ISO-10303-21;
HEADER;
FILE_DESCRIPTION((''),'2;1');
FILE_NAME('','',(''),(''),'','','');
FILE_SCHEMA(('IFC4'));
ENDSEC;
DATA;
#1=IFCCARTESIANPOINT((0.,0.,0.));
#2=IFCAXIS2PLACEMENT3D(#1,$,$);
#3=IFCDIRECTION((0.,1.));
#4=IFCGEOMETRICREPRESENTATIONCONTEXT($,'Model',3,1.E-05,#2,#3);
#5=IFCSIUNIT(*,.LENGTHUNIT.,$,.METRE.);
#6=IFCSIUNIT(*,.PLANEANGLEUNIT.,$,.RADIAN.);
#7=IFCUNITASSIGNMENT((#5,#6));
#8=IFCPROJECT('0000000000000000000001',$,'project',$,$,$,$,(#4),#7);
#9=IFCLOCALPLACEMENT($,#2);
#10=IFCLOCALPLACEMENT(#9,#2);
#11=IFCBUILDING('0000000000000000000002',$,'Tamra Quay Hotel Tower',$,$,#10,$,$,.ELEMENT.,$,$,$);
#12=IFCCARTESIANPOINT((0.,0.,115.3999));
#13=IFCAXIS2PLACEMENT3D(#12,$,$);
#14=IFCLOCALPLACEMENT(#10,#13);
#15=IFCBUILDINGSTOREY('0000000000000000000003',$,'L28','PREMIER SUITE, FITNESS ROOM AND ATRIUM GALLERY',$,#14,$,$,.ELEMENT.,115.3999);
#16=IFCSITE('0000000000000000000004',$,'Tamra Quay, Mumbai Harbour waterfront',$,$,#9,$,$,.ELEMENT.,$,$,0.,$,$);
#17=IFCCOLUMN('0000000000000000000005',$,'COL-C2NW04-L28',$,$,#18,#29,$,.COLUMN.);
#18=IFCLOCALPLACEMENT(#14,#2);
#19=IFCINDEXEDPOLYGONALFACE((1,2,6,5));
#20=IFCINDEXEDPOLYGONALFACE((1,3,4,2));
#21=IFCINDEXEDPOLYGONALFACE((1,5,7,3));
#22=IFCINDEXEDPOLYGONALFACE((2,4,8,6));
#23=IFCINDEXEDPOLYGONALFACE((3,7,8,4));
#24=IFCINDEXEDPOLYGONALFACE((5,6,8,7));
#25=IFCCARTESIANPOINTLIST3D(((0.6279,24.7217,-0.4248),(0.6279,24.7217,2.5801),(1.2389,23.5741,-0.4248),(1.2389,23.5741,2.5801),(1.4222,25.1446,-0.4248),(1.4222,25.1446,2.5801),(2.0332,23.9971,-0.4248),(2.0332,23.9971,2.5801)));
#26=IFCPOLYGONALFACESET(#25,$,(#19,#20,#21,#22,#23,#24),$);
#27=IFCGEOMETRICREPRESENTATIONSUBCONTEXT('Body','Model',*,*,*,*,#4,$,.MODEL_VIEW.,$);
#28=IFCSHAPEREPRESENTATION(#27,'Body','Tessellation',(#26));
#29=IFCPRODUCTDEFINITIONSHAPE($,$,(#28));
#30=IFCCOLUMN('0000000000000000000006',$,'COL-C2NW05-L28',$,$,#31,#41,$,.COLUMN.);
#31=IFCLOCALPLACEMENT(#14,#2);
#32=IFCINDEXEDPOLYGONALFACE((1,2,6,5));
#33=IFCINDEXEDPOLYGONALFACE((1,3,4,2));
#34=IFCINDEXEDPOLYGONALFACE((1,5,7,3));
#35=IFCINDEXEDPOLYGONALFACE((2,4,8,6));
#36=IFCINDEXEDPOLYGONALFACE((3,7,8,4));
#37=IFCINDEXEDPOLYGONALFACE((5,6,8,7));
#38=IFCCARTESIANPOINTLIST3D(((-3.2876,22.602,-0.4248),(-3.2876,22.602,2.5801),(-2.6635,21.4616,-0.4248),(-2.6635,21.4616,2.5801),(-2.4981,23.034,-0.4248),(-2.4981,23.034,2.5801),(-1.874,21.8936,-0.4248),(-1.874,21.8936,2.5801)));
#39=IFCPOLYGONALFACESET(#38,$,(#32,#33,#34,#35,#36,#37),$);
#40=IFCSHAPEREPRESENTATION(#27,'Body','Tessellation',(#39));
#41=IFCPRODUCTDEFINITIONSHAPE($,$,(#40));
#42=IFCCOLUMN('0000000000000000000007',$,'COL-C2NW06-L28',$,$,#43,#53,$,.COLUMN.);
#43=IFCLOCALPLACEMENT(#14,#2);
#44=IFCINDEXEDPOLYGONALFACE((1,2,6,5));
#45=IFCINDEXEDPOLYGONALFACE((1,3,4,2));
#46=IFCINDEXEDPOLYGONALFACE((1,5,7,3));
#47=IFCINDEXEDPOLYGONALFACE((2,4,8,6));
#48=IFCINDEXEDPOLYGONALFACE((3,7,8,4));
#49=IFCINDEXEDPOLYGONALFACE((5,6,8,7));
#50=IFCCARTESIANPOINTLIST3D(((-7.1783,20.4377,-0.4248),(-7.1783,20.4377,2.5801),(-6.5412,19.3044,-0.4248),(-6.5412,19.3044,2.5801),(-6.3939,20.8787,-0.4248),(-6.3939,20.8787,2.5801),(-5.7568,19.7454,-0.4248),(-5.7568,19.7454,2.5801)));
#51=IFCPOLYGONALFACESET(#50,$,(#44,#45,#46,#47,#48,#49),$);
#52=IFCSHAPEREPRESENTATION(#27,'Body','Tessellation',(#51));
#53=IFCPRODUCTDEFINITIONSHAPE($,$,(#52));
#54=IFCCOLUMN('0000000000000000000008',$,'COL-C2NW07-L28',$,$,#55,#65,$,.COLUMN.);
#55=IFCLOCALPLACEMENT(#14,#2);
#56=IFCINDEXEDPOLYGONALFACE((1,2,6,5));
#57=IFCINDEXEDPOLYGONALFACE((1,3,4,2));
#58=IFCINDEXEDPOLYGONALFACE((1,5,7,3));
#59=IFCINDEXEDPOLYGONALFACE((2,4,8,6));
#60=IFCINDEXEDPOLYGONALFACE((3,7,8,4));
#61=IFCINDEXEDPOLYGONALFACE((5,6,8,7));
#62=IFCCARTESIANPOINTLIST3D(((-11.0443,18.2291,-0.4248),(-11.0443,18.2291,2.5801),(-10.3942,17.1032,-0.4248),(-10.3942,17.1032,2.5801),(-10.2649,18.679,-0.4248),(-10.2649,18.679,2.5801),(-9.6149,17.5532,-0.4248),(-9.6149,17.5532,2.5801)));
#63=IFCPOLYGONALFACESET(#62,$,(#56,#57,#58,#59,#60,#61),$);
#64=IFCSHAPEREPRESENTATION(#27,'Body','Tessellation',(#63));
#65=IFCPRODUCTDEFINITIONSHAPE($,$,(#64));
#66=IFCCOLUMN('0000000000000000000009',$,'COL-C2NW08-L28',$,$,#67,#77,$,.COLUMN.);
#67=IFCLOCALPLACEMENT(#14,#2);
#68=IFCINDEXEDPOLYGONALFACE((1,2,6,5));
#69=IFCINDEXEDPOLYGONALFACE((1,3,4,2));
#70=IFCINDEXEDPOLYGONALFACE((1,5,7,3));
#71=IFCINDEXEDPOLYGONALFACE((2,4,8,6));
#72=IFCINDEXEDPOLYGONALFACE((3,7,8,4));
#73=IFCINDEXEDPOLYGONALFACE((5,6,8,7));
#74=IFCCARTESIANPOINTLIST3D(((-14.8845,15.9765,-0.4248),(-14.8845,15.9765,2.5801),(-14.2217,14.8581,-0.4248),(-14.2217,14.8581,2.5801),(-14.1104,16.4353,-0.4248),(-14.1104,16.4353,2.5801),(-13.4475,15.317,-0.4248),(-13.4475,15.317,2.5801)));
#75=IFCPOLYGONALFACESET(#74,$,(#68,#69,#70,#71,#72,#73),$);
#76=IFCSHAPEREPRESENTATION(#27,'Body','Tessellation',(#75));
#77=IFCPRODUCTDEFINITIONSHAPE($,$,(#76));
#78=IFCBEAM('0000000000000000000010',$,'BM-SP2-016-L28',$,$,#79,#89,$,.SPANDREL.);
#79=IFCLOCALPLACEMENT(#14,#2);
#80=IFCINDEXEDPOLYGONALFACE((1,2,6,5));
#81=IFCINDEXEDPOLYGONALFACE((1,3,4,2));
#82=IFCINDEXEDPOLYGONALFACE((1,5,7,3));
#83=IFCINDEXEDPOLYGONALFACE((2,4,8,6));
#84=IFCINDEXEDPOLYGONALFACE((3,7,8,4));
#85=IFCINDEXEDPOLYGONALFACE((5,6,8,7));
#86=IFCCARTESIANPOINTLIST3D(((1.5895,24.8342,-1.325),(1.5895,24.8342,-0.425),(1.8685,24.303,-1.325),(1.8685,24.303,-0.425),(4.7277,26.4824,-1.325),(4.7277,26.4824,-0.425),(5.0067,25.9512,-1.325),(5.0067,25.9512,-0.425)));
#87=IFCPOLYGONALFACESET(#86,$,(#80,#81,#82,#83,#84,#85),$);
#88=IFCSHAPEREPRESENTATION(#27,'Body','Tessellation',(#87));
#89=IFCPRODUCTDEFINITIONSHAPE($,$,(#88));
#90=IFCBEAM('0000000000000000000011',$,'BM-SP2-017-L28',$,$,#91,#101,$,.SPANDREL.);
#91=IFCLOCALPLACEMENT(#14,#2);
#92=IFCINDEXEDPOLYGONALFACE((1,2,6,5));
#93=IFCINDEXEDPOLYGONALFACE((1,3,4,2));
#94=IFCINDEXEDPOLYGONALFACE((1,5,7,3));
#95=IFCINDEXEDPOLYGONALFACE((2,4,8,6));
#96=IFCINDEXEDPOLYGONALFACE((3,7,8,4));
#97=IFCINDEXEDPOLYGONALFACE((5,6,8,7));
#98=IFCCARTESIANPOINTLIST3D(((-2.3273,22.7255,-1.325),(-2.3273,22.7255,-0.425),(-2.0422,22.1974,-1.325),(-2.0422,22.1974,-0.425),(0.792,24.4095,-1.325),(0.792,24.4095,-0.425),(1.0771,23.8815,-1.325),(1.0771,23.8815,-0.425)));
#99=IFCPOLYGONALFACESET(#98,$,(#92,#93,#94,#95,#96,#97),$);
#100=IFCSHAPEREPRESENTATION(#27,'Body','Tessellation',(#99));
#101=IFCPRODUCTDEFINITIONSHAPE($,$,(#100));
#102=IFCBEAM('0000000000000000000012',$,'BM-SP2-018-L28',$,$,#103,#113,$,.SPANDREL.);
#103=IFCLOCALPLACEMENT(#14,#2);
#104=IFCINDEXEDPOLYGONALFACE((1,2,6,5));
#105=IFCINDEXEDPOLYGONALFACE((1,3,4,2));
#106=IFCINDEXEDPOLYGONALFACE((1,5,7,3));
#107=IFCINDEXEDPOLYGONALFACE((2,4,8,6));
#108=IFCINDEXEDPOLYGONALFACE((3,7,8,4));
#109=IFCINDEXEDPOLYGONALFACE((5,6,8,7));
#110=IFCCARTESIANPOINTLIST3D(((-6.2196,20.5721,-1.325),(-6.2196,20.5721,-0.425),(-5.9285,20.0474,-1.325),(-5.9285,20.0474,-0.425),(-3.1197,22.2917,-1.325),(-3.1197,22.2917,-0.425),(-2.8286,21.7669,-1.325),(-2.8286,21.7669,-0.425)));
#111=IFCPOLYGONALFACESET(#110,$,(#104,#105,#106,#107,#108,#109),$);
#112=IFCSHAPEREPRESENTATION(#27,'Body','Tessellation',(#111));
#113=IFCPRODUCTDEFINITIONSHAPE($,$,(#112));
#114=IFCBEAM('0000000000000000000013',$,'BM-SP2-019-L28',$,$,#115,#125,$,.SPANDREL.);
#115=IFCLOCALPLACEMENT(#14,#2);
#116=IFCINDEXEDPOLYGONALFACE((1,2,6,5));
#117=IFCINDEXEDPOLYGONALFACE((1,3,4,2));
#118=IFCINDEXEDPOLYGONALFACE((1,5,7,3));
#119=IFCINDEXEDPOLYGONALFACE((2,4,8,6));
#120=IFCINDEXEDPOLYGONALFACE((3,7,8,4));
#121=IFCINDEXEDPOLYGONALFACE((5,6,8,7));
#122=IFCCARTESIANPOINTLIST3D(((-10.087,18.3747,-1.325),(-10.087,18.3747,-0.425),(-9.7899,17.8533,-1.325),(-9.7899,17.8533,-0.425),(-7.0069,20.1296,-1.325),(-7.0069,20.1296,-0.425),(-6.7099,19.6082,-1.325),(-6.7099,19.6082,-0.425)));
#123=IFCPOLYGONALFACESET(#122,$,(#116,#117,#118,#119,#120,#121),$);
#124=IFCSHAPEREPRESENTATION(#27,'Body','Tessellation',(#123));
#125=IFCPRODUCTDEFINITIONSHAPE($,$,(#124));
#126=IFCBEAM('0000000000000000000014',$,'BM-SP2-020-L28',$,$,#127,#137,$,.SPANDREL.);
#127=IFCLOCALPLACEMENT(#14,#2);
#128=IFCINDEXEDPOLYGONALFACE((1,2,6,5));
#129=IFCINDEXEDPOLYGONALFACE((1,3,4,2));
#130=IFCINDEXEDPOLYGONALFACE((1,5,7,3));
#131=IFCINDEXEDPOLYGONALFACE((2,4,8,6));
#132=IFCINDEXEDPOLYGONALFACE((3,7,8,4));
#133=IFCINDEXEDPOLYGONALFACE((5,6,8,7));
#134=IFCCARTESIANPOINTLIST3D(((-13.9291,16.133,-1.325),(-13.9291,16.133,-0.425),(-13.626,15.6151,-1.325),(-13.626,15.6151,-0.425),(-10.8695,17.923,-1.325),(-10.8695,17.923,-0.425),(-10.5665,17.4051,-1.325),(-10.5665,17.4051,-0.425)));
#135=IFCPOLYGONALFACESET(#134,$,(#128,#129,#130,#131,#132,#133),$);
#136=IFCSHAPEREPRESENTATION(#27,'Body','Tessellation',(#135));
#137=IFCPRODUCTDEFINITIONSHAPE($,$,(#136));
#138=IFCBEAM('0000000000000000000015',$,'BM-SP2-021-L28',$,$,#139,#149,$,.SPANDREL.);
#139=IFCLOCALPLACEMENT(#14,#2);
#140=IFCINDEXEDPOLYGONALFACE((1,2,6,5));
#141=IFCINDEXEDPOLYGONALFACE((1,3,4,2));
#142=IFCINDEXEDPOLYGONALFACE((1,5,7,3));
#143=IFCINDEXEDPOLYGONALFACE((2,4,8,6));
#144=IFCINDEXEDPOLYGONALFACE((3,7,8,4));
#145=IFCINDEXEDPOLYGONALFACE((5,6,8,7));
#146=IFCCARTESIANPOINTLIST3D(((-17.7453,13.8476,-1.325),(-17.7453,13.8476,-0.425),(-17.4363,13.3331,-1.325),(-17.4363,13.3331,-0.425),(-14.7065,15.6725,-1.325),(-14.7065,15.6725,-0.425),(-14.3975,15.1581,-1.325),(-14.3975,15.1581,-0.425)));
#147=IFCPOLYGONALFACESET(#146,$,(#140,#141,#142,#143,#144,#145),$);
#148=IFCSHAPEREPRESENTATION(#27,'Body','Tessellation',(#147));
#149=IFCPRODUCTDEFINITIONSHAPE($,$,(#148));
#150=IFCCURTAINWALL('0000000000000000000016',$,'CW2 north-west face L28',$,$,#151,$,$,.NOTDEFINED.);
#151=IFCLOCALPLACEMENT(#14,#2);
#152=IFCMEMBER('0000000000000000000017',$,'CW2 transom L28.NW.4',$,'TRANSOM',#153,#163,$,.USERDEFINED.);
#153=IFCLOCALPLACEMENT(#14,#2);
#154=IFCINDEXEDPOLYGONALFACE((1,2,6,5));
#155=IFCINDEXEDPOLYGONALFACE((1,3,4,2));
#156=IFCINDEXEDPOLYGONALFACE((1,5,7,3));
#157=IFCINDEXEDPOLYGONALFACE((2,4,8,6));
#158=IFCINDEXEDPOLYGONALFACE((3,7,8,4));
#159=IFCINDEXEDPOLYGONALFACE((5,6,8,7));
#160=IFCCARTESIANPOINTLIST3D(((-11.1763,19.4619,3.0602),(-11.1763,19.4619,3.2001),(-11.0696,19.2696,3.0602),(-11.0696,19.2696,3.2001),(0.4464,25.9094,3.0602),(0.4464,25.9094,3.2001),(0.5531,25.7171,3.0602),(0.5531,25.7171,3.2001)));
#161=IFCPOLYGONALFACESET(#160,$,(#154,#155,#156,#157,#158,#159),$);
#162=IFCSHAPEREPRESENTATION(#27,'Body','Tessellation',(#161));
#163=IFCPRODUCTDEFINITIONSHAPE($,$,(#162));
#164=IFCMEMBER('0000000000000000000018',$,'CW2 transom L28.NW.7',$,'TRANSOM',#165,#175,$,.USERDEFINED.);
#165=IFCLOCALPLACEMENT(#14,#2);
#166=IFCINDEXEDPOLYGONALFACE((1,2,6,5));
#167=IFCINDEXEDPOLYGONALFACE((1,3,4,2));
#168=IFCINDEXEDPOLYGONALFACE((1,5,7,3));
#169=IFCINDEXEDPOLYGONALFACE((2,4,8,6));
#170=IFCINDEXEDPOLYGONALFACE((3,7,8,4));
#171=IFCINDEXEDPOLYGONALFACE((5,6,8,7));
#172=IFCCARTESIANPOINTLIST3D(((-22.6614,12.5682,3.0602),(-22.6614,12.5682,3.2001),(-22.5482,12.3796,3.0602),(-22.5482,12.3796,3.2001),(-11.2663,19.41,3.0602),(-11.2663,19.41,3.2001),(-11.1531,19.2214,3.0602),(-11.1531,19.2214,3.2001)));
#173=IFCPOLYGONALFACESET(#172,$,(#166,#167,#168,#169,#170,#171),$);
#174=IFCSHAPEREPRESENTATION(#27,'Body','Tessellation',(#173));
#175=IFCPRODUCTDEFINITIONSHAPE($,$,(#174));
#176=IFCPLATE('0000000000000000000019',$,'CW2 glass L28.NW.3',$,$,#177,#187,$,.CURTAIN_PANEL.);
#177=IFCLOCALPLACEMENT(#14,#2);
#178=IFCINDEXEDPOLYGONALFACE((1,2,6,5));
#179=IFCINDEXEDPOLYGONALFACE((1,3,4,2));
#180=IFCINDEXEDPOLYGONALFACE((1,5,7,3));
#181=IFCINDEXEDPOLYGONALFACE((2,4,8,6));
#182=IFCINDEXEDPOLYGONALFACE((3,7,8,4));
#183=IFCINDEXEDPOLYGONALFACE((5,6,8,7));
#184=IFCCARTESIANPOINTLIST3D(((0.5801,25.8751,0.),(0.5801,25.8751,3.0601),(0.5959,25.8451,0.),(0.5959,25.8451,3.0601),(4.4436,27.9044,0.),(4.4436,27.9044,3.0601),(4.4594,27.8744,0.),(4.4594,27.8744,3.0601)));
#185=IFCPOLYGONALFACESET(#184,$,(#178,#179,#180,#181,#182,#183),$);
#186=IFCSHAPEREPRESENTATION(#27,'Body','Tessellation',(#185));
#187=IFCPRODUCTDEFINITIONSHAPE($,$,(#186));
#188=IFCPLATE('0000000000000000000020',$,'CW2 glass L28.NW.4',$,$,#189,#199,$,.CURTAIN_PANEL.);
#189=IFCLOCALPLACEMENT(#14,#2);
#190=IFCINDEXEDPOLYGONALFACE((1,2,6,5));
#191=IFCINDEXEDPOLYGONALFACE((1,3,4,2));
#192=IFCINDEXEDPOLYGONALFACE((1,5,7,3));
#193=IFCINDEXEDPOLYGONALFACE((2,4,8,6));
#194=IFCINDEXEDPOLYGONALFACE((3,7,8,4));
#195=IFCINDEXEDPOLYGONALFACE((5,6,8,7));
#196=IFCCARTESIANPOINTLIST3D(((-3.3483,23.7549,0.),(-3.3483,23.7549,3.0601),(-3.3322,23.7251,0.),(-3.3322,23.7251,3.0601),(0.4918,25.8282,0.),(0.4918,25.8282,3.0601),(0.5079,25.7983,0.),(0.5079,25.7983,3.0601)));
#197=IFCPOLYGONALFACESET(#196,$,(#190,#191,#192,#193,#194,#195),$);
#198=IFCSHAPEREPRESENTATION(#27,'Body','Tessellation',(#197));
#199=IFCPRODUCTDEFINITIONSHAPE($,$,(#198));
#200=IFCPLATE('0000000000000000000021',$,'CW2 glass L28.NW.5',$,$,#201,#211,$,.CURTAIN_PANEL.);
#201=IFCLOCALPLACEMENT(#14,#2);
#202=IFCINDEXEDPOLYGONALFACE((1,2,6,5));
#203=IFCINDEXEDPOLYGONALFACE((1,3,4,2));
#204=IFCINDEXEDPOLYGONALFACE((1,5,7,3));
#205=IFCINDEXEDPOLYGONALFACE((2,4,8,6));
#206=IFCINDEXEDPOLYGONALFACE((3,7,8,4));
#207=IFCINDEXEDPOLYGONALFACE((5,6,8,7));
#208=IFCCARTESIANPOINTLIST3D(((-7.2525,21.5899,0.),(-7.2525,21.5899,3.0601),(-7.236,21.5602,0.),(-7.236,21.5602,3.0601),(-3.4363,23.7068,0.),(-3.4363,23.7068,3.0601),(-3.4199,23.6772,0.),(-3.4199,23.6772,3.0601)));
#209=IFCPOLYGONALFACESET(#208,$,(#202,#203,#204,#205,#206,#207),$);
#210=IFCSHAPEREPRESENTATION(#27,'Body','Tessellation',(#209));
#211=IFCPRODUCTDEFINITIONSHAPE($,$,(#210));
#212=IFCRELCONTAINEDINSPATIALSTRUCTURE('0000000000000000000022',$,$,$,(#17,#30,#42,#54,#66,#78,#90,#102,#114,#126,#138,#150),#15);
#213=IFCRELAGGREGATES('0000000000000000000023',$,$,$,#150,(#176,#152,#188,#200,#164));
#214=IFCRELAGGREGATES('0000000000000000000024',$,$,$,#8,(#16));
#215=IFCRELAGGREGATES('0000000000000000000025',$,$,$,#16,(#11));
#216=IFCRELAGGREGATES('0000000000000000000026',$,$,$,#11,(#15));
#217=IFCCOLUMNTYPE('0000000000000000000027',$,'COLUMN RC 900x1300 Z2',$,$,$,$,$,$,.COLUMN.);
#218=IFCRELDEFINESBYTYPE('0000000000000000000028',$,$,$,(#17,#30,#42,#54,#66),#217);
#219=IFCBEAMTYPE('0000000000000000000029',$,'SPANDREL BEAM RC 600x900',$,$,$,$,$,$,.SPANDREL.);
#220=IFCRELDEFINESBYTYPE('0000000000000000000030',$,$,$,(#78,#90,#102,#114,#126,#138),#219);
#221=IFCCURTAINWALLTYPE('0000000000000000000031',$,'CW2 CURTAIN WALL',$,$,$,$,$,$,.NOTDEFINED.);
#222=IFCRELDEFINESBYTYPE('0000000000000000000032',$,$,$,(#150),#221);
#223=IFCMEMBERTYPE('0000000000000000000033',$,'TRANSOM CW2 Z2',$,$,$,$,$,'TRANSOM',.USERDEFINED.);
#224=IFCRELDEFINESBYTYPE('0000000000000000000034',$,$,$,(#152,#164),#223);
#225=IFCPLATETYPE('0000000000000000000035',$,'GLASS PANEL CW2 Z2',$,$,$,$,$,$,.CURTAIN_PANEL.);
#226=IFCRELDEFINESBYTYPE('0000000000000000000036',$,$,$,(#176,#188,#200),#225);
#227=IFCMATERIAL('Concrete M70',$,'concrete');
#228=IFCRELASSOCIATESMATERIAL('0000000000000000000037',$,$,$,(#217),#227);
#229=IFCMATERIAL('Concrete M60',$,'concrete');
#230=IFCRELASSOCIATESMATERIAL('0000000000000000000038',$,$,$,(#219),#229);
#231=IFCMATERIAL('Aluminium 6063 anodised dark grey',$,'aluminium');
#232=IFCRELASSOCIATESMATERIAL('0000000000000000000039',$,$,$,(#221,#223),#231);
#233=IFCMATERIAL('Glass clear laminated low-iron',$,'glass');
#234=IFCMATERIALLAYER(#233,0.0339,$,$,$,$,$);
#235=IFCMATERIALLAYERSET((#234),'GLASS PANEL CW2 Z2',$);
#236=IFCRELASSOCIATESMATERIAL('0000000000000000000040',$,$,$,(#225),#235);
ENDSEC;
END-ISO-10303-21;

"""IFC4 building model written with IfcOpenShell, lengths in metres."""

from ifc_helpers import new_model, si_unit, direction, frame, origin, origin_2d, place, context, subcontext, project, spatial, rectangle, extrude, material, layer, layer_set, material_profile, profile_set, type_object, element, aggregate, save


model = new_model("IFC4")

# Units and contexts
model_context = context("Model", 3, precision=1e-05, world=origin(), true_north=direction((0.0, 1.0)))
body_context = subcontext(model_context, "Body", "Model", "MODEL_VIEW")
ifc_project = project(units=[si_unit("LENGTHUNIT", "METRE"), si_unit("PLANEANGLEUNIT", "RADIAN")], contexts=[model_context])

# Site, building, storey
site_placement = place(None, origin())
site = spatial("IfcSite", under=ifc_project, at=site_placement, Name="Tamra Quay, Mumbai Harbour waterfront", CompositionType="ELEMENT", RefElevation=0.0)
building_placement = place(site_placement, origin())
building = spatial("IfcBuilding", under=site, at=building_placement, Name="Tamra Quay Hotel Tower", CompositionType="ELEMENT")
storey_placement = place(building_placement, frame((0.0, 0.0, 115.3999)))
storey = spatial("IfcBuildingStorey", under=building, at=storey_placement, Name="L28", Description="PREMIER SUITE, FITNESS ROOM AND ATRIUM GALLERY", CompositionType="ELEMENT", Elevation=115.3999)

# Columns
ifc_material_1 = material(Name="Concrete M70", Category="concrete")
ifc_material_profile_1 = material_profile(ifc_material_1, rectangle(XDim=1.3, YDim=0.8999, at=origin_2d()), Name="COLUMN RC 900x1300 Z2")
ifc_profile_set_1 = profile_set([ifc_material_profile_1], Name="Concrete M70")
column_type = type_object("IfcColumnType", Name="COLUMN RC 900x1300 Z2", PredefinedType="COLUMN", material=ifc_profile_set_1)
for number, where, z_axis, x_axis, name in (
    (1, (1.3306, 24.3594, -0.4248), (0.0, 0.0, 1.0), (-0.470002, 0.882666, 0.0), "COL-C2NW04-L28"),
    (2, (-2.5808, 22.2478, -0.4248), (0.0, 0.0, 1.0), (-0.48006, 0.877236, 0.0), "COL-C2NW05-L28"),
    (3, (-6.4675, 20.0916, -0.4248), (0.0, 0.0, 1.0), (-0.490061, 0.871688, 0.0), "COL-C2NW06-L28"),
    (4, (-10.3296, 17.8911, -0.4248), (0.0, 0.0, 1.0), (-0.5, 0.866025, 0.0), "COL-C2NW07-L28"),
    (5, (-14.166, 15.6467, -0.4248), (0.0, 0.0, 1.0), (-0.509873, 0.860249, 0.0), "COL-C2NW08-L28"),
):
    element("IfcColumn", number, at=place(storey_placement, frame(where, z_axis=z_axis, x_axis=x_axis)), inside=storey, type_object=column_type, Name=name, PredefinedType="COLUMN", context=body_context, shape_type="SweptSolid", body=[
        extrude(rectangle(XDim=1.3, YDim=0.8999, at=origin_2d()), origin(), (0.0, 0.0, 1.0), 3.0049),
    ])

# Beams
ifc_material_2 = material(Name="Concrete M60", Category="concrete")
ifc_material_profile_2 = material_profile(ifc_material_2, rectangle(XDim=0.6001, YDim=0.8999, at=origin_2d()), Name="SPANDREL BEAM RC 600x900")
ifc_profile_set_2 = profile_set([ifc_material_profile_2], Name="Concrete M60")
beam_type = type_object("IfcBeamType", Name="SPANDREL BEAM RC 600x900", PredefinedType="SPANDREL", material=ifc_profile_set_2)
beam_placement = place(storey_placement, frame((4.8672, 26.2168, -0.875), z_axis=(-0.885323, -0.464977, 0.0), x_axis=(0.464977, -0.885323, 0.0)))
element("IfcBeam", 6, at=beam_placement, inside=storey, type_object=beam_type, Name="BM-SP2-016-L28", PredefinedType="SPANDREL", context=body_context, shape_type="SweptSolid", body=[
    extrude(rectangle(XDim=0.6001, YDim=0.8999, at=origin_2d()), origin(), (0.0, 0.0, 1.0), 3.5447),
])
for number, where, z_axis, x_axis, name in (
    (7, (0.9346, 24.1455, -0.875), (-0.879951, -0.475065, 0.0), (0.475065, -0.879951, 0.0), "BM-SP2-017-L28"),
    (8, (-2.9741, 22.0293, -0.875), (-0.874475, -0.48507, 0.0), (0.48507, -0.874475, 0.0), "BM-SP2-018-L28"),
    (9, (-6.8584, 19.8689, -0.875), (-0.86887, -0.495041, 0.0), (0.495041, -0.86887, 0.0), "BM-SP2-019-L28"),
):
    element("IfcBeam", number, at=place(storey_placement, frame(where, z_axis=z_axis, x_axis=x_axis)), inside=storey, type_object=beam_type, Name=name, PredefinedType="SPANDREL", context=body_context, shape_type="SweptSolid", body=[
        extrude(rectangle(XDim=0.6001, YDim=0.8999, at=origin_2d()), origin(), (0.0, 0.0, 1.0), 3.5449),
    ])
for number, where, z_axis, x_axis, name in (
    (10, (-10.718, 17.6641, -0.875), (-0.863129, -0.504984, 0.0), (0.504984, -0.863129, 0.0), "BM-SP2-020-L28"),
    (11, (-14.552, 15.4153, -0.875), (-0.857286, -0.51484, 0.0), (0.51484, -0.857286, 0.0), "BM-SP2-021-L28"),
):
    element("IfcBeam", number, at=place(storey_placement, frame(where, z_axis=z_axis, x_axis=x_axis)), inside=storey, type_object=beam_type, Name=name, PredefinedType="SPANDREL", context=body_context, shape_type="SweptSolid", body=[
        extrude(rectangle(XDim=0.6001, YDim=0.8999, at=origin_2d()), origin(), (0.0, 0.0, 1.0), 3.5447),
    ])

# Curtain wall, members, plates
ifc_material_3 = material(Name="Aluminium 6063 anodised dark grey", Category="aluminium")
curtain_wall_type = type_object("IfcCurtainWallType", Name="CW2 CURTAIN WALL", PredefinedType="NOTDEFINED", material=ifc_material_3)
curtain_wall_placement = place(storey_placement, origin())
curtain_wall = element("IfcCurtainWall", 12, at=curtain_wall_placement, inside=storey, type_object=curtain_wall_type, Name="CW2 north-west face L28", PredefinedType="NOTDEFINED")
ifc_material_profile_3 = material_profile(ifc_material_3, rectangle(XDim=0.22, YDim=0.1399, at=origin_2d()), Name="TRANSOM 220X140")
ifc_profile_set_3 = profile_set([ifc_material_profile_3], Name="Aluminium 6063 anodised dark grey")
member_type = type_object("IfcMemberType", Name="TRANSOM CW2 Z2", ElementType="TRANSOM", PredefinedType="USERDEFINED", material=ifc_profile_set_3)
member_1_placement = place(storey_placement, frame((0.4998, 25.8132, 3.1301), z_axis=(-0.874464, -0.485091, 0.0), x_axis=(0.485091, -0.874464, 0.0)))
member_1 = element("IfcMember", 13, at=member_1_placement, type_object=member_type, Name="CW2 transom L28.NW.4", ObjectType="TRANSOM", PredefinedType="USERDEFINED", context=body_context, shape_type="SweptSolid", body=[
    extrude(rectangle(XDim=0.22, YDim=0.1399, at=origin_2d()), origin(), (0.0, 0.0, 1.0), 13.2913),
])
member_2_placement = place(storey_placement, frame((-11.2097, 19.3157, 3.1301), z_axis=(-0.857334, -0.51476, 0.0), x_axis=(0.51476, -0.857334, 0.0)))
member_2 = element("IfcMember", 14, at=member_2_placement, type_object=member_type, Name="CW2 transom L28.NW.7", ObjectType="TRANSOM", PredefinedType="USERDEFINED", context=body_context, shape_type="SweptSolid", body=[
    extrude(rectangle(XDim=0.22, YDim=0.1399, at=origin_2d()), origin(), (0.0, 0.0, 1.0), 13.2913),
])
ifc_material_4 = material(Name="Glass clear laminated low-iron", Category="glass")
ifc_layer_1 = layer(ifc_material_4, 0.0339)
ifc_layer_set_1 = layer_set([ifc_layer_1], Name="GLASS PANEL CW2 Z2")
plate_type = type_object("IfcPlateType", Name="GLASS PANEL CW2 Z2", PredefinedType="CURTAIN_PANEL", material=ifc_layer_set_1)
plate_1_placement = place(storey_placement, frame((2.5198, 26.8748, 0.0), z_axis=(0.0, 0.0, 1.0), x_axis=(-0.885306, -0.465009, 0.0)))
plate_1 = element("IfcPlate", 15, at=plate_1_placement, type_object=plate_type, Name="CW2 glass L28.NW.3", PredefinedType="CURTAIN_PANEL", context=body_context, shape_type="SweptSolid", body=[
    extrude(rectangle(XDim=4.364, YDim=0.0339, at=origin_2d()), origin(), (0.0, 0.0, 1.0), 3.0601),
])
plate_2_placement = place(storey_placement, frame((-1.4202, 24.7766, 0.0), z_axis=(0.0, 0.0, 1.0), x_axis=(-0.879946, -0.475074, 0.0)))
plate_2 = element("IfcPlate", 16, at=plate_2_placement, type_object=plate_type, Name="CW2 glass L28.NW.4", PredefinedType="CURTAIN_PANEL", context=body_context, shape_type="SweptSolid", body=[
    extrude(rectangle(XDim=4.364, YDim=0.0339, at=origin_2d()), origin(), (0.0, 0.0, 1.0), 3.0601),
])
plate_3_placement = place(storey_placement, frame((-5.3362, 22.6335, 0.0), z_axis=(0.0, 0.0, 1.0), x_axis=(-0.874465, -0.485088, 0.0)))
plate_3 = element("IfcPlate", 17, at=plate_3_placement, type_object=plate_type, Name="CW2 glass L28.NW.5", PredefinedType="CURTAIN_PANEL", context=body_context, shape_type="SweptSolid", body=[
    extrude(rectangle(XDim=4.364, YDim=0.0339, at=origin_2d()), origin(), (0.0, 0.0, 1.0), 3.0601),
])
aggregate(curtain_wall, [plate_1, member_1, plate_2, plate_3, member_2])

save(model, "model.ifc")
